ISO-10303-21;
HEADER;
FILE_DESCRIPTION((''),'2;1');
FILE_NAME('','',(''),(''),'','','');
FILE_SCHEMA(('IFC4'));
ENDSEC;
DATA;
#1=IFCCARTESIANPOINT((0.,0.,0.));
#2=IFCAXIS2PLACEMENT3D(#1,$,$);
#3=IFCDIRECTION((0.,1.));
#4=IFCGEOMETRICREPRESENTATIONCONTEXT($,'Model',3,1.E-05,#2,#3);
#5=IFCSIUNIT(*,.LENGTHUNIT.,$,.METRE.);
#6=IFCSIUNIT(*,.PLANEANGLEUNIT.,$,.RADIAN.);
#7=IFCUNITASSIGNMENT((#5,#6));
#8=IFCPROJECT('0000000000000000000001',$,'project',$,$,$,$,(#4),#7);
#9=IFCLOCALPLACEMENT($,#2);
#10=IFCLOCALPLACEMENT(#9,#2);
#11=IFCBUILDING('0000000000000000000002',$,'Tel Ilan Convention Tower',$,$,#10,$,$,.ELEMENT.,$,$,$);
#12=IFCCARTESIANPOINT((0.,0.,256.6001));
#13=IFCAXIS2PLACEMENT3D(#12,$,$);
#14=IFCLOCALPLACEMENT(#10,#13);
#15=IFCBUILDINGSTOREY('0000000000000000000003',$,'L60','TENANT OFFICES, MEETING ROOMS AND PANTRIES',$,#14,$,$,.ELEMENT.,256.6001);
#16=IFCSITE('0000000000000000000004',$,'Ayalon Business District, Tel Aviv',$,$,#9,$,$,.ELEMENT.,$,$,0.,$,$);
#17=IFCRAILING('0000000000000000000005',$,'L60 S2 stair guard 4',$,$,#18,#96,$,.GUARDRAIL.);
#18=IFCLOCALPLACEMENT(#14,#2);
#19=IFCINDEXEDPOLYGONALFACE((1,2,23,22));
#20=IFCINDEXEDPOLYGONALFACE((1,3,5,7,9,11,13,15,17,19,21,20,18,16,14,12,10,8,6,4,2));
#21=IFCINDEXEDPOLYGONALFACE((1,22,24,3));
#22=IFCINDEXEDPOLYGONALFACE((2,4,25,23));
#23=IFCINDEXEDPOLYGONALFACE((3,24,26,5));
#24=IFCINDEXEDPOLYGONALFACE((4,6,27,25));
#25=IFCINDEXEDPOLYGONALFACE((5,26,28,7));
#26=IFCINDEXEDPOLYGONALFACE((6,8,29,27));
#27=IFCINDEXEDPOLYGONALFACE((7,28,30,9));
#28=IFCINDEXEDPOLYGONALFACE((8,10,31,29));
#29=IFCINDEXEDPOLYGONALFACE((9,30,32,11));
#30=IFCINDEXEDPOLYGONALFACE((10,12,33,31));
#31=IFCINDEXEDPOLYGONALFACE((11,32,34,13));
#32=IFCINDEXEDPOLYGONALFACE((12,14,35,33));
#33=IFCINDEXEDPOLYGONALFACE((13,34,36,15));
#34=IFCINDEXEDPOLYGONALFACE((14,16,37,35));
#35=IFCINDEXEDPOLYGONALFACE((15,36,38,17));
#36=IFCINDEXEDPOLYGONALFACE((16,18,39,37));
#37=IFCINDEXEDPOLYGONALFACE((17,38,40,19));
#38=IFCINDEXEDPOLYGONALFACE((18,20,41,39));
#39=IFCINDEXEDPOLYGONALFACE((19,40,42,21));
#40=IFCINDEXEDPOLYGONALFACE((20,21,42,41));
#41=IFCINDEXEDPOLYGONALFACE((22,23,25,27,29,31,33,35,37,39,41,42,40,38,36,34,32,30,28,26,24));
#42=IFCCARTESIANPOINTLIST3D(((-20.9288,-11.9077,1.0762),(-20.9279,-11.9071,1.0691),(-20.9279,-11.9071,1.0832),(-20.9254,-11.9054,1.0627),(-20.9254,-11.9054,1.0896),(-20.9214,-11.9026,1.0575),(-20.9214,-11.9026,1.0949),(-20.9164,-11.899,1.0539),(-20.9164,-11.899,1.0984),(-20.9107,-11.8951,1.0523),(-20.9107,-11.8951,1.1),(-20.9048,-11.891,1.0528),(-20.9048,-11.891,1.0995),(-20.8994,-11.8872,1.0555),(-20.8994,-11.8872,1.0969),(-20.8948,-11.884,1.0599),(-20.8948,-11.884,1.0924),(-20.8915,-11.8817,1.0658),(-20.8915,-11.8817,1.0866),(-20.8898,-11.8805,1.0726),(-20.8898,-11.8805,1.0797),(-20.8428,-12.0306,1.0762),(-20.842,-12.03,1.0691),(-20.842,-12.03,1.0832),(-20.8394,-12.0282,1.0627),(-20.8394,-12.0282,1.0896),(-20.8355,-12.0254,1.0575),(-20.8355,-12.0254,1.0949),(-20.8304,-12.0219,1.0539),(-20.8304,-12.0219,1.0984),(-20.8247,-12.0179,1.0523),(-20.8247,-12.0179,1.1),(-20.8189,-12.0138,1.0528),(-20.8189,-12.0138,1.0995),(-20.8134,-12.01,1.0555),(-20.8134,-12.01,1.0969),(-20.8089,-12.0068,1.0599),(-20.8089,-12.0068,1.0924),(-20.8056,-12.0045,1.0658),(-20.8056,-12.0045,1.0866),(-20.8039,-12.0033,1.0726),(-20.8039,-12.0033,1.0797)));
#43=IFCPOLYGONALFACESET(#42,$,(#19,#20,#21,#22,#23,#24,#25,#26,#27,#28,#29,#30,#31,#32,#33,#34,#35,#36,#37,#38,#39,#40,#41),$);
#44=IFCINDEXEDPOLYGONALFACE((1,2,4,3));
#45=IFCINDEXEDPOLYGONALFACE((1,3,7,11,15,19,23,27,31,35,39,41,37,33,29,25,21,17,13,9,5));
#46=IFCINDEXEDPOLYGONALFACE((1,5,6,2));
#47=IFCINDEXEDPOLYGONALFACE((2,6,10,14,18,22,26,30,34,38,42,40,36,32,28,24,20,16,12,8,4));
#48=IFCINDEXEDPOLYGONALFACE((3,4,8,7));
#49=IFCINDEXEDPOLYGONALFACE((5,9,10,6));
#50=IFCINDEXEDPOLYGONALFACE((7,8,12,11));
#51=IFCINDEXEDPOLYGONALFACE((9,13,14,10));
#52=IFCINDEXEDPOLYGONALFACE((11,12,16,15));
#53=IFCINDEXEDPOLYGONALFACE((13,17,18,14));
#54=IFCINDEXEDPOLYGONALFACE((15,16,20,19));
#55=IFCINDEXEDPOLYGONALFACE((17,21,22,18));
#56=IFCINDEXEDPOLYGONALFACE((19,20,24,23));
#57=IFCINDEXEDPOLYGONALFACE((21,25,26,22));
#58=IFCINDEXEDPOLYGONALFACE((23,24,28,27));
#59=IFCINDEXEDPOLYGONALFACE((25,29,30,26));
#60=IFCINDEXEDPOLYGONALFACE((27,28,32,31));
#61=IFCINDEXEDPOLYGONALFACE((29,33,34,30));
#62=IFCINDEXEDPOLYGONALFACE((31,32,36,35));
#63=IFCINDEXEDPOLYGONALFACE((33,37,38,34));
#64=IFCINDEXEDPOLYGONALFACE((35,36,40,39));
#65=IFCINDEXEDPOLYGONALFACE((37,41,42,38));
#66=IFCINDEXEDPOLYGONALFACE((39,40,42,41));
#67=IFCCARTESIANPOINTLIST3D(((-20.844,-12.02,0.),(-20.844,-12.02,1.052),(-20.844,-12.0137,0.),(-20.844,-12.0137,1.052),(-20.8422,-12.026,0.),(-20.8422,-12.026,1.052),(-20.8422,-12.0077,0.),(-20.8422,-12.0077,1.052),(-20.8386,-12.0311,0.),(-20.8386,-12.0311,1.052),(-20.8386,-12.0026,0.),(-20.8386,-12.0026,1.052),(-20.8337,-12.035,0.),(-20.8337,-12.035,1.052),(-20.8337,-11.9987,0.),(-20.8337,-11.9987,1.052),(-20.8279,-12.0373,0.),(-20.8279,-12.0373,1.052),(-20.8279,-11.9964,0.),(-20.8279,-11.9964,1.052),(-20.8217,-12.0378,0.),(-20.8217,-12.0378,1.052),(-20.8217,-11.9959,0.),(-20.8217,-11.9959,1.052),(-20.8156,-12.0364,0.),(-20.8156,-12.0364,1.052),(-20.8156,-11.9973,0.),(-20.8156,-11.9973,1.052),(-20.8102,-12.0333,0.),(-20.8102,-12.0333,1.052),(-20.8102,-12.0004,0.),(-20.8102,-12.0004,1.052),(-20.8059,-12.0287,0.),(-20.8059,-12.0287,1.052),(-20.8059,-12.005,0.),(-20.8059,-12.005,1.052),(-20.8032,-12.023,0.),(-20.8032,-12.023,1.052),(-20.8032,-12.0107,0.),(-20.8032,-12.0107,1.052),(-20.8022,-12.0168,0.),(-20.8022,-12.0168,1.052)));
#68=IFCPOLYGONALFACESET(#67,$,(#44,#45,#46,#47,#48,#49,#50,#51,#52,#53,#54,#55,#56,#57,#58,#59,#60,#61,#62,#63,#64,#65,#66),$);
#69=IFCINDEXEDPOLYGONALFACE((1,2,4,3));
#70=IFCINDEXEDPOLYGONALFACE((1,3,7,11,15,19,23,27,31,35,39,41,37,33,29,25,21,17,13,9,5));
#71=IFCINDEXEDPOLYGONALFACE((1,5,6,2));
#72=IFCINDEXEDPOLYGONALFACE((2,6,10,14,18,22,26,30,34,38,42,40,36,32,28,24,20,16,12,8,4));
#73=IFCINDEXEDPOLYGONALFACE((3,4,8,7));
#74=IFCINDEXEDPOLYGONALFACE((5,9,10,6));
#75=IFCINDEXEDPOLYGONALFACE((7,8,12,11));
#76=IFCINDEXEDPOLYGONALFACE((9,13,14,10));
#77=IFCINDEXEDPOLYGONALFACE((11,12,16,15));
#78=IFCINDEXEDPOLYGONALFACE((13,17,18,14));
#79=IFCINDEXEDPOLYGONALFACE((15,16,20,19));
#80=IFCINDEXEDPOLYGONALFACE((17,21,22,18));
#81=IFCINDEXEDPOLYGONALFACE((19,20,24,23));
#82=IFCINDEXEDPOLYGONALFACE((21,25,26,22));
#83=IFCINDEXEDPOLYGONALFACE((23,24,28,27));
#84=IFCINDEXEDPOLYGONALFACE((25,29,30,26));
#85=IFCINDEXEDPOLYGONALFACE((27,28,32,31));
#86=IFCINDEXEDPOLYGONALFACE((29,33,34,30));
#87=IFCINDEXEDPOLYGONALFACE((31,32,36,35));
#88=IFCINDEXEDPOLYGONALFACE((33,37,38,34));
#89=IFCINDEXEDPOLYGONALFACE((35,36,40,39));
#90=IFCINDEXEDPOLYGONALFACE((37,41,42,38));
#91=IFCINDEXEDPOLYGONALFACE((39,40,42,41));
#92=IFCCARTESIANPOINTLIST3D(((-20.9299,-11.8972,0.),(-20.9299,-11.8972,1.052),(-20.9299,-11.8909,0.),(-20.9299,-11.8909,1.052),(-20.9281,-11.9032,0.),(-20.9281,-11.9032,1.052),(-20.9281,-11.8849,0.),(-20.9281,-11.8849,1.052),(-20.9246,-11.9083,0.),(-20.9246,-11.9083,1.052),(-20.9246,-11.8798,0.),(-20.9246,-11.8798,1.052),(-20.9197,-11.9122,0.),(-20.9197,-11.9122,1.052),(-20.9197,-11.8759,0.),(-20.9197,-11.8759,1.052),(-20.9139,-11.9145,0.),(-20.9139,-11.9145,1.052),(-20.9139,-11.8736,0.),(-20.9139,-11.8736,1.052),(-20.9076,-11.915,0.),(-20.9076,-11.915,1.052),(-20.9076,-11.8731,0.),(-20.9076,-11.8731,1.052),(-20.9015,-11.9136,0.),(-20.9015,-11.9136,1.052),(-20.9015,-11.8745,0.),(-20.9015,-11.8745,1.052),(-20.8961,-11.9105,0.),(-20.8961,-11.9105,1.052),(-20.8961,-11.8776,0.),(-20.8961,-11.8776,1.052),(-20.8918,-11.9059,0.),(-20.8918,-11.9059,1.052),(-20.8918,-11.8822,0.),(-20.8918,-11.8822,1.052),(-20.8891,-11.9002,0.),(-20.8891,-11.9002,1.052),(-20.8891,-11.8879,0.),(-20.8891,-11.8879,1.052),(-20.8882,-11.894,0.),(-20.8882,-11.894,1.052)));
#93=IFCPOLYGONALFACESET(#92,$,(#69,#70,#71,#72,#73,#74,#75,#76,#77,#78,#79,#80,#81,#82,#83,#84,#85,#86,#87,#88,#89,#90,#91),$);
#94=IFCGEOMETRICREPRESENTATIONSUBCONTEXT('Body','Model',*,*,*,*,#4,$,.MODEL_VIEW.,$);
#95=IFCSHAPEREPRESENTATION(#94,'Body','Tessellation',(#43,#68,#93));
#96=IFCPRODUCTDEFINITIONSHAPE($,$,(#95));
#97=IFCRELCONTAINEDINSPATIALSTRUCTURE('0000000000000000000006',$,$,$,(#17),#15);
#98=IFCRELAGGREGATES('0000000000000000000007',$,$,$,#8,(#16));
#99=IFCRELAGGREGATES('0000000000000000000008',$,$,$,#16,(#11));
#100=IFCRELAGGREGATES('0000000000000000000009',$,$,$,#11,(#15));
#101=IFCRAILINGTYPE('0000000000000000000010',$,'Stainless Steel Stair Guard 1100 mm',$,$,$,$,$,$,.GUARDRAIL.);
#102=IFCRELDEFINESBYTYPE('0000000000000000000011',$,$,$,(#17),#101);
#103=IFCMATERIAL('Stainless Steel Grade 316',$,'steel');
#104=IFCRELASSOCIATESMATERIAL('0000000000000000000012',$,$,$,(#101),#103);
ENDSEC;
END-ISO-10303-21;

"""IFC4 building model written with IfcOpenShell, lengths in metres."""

from ifc_helpers import new_model, si_unit, direction, frame, origin, origin_2d, place, context, subcontext, project, spatial, circle, extrude, material, type_object, element, save


model = new_model("IFC4")

# Units and contexts
model_context = context("Model", 3, precision=1e-05, world=origin(), true_north=direction((0.0, 1.0)))
body_context = subcontext(model_context, "Body", "Model", "MODEL_VIEW")
ifc_project = project(units=[si_unit("LENGTHUNIT", "METRE"), si_unit("PLANEANGLEUNIT", "RADIAN")], contexts=[model_context])

# Site, building, storey
site_placement = place(None, origin())
site = spatial("IfcSite", under=ifc_project, at=site_placement, Name="Ayalon Business District, Tel Aviv", CompositionType="ELEMENT", RefElevation=0.0)
building_placement = place(site_placement, origin())
building = spatial("IfcBuilding", under=site, at=building_placement, Name="Tel Ilan Convention Tower", CompositionType="ELEMENT")
storey_placement = place(building_placement, frame((0.0, 0.0, 256.6001)))
storey = spatial("IfcBuildingStorey", under=building, at=storey_placement, Name="L60", Description="TENANT OFFICES, MEETING ROOMS AND PANTRIES", CompositionType="ELEMENT", Elevation=256.6001)

# Railing
ifc_material_1 = material(Name="Stainless Steel Grade 316", Category="steel")
railing_type_1 = type_object("IfcRailingType", Name="Stainless Steel Stair Guard 1100 mm", PredefinedType="GUARDRAIL", material=ifc_material_1)
railing_1_placement = place(storey_placement, frame((-20.8232, -12.0168, 0.0)))
element("IfcRailing", 1, at=railing_1_placement, inside=storey, type_object=railing_type_1, Name="L60 S2 stair guard 4", PredefinedType="GUARDRAIL", context=body_context, shape_type="SweptSolid", body=[
    extrude(circle(Radius=0.0239, at=origin_2d()), frame((0.0, 0.0, 1.0762), z_axis=(-0.573353, 0.819308, 0.0), x_axis=(-0.819308, -0.573353, 0.0)), (0.0, 0.0, 1.0), 0.1499),
    extrude(circle(Radius=0.021, at=origin_2d()), origin(), (0.0, 0.0, 1.0), 1.052),
    extrude(circle(Radius=0.021, at=origin_2d()), frame((-0.0859, 0.1228, 0.0)), (0.0, 0.0, 1.0), 1.052),
])

save(model, "model.ifc")
